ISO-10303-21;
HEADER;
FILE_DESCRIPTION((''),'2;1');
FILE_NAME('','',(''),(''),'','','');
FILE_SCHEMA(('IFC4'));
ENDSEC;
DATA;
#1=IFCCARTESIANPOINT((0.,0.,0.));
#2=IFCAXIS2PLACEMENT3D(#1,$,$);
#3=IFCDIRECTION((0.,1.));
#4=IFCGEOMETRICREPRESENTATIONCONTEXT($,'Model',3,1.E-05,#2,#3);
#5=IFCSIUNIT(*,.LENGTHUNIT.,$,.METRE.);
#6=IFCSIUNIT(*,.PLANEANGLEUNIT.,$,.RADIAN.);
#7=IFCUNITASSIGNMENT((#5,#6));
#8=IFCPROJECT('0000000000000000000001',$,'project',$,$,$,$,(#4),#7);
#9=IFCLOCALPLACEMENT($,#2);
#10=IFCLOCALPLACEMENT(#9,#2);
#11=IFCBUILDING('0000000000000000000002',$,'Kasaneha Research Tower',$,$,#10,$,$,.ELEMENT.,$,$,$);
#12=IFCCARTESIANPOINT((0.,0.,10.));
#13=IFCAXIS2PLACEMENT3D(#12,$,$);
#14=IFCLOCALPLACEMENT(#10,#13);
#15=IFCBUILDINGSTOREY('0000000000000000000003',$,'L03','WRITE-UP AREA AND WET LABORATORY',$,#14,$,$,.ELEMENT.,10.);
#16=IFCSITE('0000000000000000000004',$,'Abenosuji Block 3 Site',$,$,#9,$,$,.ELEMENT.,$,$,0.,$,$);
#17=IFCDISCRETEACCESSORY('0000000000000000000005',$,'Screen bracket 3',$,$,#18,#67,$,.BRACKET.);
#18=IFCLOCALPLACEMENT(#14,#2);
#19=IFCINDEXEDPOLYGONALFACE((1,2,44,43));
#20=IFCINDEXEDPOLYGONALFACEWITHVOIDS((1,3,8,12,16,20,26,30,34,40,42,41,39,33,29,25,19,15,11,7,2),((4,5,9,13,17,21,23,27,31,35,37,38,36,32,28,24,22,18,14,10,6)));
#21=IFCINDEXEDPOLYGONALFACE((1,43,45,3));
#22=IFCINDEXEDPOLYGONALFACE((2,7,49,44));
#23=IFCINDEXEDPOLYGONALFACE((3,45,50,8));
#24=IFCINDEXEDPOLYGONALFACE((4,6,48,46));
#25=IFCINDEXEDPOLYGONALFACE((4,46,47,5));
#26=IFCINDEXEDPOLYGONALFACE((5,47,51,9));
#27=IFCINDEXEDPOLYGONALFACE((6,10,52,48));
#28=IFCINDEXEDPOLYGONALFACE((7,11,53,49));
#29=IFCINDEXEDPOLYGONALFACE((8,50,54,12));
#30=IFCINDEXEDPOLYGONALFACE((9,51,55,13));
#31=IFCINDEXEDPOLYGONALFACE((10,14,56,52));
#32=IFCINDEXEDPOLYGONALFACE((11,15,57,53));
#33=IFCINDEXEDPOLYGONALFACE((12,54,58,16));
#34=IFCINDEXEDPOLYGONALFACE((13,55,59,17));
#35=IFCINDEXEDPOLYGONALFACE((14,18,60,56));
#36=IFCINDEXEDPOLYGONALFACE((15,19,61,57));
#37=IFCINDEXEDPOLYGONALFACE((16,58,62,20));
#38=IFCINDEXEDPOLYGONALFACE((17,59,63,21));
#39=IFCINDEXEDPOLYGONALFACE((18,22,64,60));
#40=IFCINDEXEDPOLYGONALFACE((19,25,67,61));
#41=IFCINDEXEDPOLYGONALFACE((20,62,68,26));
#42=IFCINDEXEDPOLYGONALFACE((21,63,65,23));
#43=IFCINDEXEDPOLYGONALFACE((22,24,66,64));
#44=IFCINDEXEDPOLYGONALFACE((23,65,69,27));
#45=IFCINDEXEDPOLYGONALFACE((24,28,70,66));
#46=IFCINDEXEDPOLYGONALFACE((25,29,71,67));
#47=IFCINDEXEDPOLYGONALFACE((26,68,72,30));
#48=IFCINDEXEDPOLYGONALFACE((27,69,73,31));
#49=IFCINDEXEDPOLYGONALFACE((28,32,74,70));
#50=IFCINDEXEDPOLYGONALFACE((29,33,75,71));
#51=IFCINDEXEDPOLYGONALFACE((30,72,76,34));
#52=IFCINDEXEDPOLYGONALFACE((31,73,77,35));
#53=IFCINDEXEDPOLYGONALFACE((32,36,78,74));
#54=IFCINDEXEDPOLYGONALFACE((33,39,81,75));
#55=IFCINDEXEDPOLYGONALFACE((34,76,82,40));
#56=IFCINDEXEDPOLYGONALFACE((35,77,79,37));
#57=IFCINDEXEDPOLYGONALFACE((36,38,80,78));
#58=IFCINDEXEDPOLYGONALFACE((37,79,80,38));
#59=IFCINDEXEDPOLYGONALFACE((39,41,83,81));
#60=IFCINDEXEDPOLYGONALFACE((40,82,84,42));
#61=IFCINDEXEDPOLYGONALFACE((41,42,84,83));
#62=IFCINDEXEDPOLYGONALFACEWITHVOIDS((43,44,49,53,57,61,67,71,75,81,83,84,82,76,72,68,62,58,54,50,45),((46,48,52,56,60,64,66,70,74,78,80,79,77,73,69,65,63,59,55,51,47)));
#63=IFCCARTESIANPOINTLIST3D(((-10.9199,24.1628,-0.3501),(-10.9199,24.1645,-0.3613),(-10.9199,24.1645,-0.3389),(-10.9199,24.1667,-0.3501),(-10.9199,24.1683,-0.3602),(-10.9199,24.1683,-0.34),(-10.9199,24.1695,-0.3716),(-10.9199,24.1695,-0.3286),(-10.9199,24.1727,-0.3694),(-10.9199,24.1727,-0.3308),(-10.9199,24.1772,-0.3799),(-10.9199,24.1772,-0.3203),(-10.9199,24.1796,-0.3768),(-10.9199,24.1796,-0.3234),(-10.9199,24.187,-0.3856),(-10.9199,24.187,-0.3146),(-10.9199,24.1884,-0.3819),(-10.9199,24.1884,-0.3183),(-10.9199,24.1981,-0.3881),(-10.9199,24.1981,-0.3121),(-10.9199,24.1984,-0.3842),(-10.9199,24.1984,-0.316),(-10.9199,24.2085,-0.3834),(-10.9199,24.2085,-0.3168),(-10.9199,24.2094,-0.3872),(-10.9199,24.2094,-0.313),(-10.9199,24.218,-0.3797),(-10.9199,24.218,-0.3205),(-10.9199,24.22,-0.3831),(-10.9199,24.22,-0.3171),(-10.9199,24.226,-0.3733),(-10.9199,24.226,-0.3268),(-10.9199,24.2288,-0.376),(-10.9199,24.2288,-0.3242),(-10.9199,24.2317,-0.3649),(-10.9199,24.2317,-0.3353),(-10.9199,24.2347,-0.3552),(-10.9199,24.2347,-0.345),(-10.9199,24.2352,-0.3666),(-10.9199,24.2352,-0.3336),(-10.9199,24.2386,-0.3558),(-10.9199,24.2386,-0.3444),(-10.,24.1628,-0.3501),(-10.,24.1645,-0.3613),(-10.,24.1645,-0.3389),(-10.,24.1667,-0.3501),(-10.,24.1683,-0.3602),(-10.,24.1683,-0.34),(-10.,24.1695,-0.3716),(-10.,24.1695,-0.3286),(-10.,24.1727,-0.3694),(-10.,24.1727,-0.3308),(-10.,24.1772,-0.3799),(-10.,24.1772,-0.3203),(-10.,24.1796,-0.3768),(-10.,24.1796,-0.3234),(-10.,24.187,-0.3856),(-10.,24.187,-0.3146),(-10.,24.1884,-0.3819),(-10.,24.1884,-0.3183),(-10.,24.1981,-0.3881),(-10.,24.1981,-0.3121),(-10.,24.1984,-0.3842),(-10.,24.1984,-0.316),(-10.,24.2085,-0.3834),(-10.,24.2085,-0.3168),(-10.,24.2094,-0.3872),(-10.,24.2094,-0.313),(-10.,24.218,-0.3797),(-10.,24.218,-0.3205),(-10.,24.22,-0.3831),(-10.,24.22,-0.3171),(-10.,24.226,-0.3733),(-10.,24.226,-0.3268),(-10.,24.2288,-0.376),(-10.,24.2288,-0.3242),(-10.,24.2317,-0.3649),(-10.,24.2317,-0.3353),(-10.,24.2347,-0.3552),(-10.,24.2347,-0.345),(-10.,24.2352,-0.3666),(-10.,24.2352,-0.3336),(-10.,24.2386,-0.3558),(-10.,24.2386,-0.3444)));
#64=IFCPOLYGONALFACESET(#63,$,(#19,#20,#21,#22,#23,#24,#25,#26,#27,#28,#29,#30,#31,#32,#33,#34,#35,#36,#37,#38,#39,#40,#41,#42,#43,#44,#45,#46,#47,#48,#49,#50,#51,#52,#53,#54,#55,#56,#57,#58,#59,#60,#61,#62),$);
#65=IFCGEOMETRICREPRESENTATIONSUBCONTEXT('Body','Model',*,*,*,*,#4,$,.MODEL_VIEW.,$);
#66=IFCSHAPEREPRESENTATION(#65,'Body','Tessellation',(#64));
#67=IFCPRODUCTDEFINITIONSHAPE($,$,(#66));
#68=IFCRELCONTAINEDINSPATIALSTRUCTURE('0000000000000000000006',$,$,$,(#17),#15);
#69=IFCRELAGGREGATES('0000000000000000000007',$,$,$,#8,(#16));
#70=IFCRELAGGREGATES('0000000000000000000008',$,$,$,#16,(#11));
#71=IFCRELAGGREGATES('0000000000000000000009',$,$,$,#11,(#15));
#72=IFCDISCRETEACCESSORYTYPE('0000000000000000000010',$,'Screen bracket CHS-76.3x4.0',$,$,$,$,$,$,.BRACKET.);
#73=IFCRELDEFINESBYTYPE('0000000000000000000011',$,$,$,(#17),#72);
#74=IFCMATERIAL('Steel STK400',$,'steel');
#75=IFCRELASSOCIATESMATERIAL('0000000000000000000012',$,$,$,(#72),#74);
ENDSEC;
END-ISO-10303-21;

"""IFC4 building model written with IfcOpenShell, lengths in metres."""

from ifc_helpers import new_model, si_unit, direction, frame, origin, origin_2d, place, context, subcontext, project, spatial, hollow_circle, extrude, material, material_profile, profile_set, type_object, element, save


model = new_model("IFC4")

# Units and contexts
model_context = context("Model", 3, precision=1e-05, world=origin(), true_north=direction((0.0, 1.0)))
body_context = subcontext(model_context, "Body", "Model", "MODEL_VIEW")
ifc_project = project(units=[si_unit("LENGTHUNIT", "METRE"), si_unit("PLANEANGLEUNIT", "RADIAN")], contexts=[model_context])

# Site, building, storey
site_placement = place(None, origin())
site = spatial("IfcSite", under=ifc_project, at=site_placement, Name="Abenosuji Block 3 Site", CompositionType="ELEMENT", RefElevation=0.0)
building_placement = place(site_placement, origin())
building = spatial("IfcBuilding", under=site, at=building_placement, Name="Kasaneha Research Tower", CompositionType="ELEMENT")
storey_placement = place(building_placement, frame((0.0, 0.0, 10.0)))
storey = spatial("IfcBuildingStorey", under=building, at=storey_placement, Name="L03", Description="WRITE-UP AREA AND WET LABORATORY", CompositionType="ELEMENT", Elevation=10.0)

# Discrete accessory
ifc_material_1 = material(Name="Steel STK400", Category="steel")
ifc_material_profile_1 = material_profile(ifc_material_1, hollow_circle(Radius=0.0381, WallThickness=0.0039, at=origin_2d()), Name="CHS-76.3x4.0")
ifc_profile_set_1 = profile_set([ifc_material_profile_1], Name="Steel STK400")
discrete_accessory_type = type_object("IfcDiscreteAccessoryType", Name="Screen bracket CHS-76.3x4.0", PredefinedType="BRACKET", material=ifc_profile_set_1)
for number, where, z_axis, x_axis, name in (
    (1, (-10.0, 24.2009, -0.3501), (-1.0, 0.0, 0.0), (0.0, -1.0, 0.0), "Screen bracket 3"),
):
    element("IfcDiscreteAccessory", number, at=place(storey_placement, frame(where, z_axis=z_axis, x_axis=x_axis)), inside=storey, type_object=discrete_accessory_type, Name=name, PredefinedType="BRACKET", context=body_context, shape_type="SweptSolid", body=[
        extrude(hollow_circle(Radius=0.0381, WallThickness=0.0039, at=origin_2d()), origin(), (0.0, 0.0, 1.0), 0.9199),
    ])

save(model, "model.ifc")
